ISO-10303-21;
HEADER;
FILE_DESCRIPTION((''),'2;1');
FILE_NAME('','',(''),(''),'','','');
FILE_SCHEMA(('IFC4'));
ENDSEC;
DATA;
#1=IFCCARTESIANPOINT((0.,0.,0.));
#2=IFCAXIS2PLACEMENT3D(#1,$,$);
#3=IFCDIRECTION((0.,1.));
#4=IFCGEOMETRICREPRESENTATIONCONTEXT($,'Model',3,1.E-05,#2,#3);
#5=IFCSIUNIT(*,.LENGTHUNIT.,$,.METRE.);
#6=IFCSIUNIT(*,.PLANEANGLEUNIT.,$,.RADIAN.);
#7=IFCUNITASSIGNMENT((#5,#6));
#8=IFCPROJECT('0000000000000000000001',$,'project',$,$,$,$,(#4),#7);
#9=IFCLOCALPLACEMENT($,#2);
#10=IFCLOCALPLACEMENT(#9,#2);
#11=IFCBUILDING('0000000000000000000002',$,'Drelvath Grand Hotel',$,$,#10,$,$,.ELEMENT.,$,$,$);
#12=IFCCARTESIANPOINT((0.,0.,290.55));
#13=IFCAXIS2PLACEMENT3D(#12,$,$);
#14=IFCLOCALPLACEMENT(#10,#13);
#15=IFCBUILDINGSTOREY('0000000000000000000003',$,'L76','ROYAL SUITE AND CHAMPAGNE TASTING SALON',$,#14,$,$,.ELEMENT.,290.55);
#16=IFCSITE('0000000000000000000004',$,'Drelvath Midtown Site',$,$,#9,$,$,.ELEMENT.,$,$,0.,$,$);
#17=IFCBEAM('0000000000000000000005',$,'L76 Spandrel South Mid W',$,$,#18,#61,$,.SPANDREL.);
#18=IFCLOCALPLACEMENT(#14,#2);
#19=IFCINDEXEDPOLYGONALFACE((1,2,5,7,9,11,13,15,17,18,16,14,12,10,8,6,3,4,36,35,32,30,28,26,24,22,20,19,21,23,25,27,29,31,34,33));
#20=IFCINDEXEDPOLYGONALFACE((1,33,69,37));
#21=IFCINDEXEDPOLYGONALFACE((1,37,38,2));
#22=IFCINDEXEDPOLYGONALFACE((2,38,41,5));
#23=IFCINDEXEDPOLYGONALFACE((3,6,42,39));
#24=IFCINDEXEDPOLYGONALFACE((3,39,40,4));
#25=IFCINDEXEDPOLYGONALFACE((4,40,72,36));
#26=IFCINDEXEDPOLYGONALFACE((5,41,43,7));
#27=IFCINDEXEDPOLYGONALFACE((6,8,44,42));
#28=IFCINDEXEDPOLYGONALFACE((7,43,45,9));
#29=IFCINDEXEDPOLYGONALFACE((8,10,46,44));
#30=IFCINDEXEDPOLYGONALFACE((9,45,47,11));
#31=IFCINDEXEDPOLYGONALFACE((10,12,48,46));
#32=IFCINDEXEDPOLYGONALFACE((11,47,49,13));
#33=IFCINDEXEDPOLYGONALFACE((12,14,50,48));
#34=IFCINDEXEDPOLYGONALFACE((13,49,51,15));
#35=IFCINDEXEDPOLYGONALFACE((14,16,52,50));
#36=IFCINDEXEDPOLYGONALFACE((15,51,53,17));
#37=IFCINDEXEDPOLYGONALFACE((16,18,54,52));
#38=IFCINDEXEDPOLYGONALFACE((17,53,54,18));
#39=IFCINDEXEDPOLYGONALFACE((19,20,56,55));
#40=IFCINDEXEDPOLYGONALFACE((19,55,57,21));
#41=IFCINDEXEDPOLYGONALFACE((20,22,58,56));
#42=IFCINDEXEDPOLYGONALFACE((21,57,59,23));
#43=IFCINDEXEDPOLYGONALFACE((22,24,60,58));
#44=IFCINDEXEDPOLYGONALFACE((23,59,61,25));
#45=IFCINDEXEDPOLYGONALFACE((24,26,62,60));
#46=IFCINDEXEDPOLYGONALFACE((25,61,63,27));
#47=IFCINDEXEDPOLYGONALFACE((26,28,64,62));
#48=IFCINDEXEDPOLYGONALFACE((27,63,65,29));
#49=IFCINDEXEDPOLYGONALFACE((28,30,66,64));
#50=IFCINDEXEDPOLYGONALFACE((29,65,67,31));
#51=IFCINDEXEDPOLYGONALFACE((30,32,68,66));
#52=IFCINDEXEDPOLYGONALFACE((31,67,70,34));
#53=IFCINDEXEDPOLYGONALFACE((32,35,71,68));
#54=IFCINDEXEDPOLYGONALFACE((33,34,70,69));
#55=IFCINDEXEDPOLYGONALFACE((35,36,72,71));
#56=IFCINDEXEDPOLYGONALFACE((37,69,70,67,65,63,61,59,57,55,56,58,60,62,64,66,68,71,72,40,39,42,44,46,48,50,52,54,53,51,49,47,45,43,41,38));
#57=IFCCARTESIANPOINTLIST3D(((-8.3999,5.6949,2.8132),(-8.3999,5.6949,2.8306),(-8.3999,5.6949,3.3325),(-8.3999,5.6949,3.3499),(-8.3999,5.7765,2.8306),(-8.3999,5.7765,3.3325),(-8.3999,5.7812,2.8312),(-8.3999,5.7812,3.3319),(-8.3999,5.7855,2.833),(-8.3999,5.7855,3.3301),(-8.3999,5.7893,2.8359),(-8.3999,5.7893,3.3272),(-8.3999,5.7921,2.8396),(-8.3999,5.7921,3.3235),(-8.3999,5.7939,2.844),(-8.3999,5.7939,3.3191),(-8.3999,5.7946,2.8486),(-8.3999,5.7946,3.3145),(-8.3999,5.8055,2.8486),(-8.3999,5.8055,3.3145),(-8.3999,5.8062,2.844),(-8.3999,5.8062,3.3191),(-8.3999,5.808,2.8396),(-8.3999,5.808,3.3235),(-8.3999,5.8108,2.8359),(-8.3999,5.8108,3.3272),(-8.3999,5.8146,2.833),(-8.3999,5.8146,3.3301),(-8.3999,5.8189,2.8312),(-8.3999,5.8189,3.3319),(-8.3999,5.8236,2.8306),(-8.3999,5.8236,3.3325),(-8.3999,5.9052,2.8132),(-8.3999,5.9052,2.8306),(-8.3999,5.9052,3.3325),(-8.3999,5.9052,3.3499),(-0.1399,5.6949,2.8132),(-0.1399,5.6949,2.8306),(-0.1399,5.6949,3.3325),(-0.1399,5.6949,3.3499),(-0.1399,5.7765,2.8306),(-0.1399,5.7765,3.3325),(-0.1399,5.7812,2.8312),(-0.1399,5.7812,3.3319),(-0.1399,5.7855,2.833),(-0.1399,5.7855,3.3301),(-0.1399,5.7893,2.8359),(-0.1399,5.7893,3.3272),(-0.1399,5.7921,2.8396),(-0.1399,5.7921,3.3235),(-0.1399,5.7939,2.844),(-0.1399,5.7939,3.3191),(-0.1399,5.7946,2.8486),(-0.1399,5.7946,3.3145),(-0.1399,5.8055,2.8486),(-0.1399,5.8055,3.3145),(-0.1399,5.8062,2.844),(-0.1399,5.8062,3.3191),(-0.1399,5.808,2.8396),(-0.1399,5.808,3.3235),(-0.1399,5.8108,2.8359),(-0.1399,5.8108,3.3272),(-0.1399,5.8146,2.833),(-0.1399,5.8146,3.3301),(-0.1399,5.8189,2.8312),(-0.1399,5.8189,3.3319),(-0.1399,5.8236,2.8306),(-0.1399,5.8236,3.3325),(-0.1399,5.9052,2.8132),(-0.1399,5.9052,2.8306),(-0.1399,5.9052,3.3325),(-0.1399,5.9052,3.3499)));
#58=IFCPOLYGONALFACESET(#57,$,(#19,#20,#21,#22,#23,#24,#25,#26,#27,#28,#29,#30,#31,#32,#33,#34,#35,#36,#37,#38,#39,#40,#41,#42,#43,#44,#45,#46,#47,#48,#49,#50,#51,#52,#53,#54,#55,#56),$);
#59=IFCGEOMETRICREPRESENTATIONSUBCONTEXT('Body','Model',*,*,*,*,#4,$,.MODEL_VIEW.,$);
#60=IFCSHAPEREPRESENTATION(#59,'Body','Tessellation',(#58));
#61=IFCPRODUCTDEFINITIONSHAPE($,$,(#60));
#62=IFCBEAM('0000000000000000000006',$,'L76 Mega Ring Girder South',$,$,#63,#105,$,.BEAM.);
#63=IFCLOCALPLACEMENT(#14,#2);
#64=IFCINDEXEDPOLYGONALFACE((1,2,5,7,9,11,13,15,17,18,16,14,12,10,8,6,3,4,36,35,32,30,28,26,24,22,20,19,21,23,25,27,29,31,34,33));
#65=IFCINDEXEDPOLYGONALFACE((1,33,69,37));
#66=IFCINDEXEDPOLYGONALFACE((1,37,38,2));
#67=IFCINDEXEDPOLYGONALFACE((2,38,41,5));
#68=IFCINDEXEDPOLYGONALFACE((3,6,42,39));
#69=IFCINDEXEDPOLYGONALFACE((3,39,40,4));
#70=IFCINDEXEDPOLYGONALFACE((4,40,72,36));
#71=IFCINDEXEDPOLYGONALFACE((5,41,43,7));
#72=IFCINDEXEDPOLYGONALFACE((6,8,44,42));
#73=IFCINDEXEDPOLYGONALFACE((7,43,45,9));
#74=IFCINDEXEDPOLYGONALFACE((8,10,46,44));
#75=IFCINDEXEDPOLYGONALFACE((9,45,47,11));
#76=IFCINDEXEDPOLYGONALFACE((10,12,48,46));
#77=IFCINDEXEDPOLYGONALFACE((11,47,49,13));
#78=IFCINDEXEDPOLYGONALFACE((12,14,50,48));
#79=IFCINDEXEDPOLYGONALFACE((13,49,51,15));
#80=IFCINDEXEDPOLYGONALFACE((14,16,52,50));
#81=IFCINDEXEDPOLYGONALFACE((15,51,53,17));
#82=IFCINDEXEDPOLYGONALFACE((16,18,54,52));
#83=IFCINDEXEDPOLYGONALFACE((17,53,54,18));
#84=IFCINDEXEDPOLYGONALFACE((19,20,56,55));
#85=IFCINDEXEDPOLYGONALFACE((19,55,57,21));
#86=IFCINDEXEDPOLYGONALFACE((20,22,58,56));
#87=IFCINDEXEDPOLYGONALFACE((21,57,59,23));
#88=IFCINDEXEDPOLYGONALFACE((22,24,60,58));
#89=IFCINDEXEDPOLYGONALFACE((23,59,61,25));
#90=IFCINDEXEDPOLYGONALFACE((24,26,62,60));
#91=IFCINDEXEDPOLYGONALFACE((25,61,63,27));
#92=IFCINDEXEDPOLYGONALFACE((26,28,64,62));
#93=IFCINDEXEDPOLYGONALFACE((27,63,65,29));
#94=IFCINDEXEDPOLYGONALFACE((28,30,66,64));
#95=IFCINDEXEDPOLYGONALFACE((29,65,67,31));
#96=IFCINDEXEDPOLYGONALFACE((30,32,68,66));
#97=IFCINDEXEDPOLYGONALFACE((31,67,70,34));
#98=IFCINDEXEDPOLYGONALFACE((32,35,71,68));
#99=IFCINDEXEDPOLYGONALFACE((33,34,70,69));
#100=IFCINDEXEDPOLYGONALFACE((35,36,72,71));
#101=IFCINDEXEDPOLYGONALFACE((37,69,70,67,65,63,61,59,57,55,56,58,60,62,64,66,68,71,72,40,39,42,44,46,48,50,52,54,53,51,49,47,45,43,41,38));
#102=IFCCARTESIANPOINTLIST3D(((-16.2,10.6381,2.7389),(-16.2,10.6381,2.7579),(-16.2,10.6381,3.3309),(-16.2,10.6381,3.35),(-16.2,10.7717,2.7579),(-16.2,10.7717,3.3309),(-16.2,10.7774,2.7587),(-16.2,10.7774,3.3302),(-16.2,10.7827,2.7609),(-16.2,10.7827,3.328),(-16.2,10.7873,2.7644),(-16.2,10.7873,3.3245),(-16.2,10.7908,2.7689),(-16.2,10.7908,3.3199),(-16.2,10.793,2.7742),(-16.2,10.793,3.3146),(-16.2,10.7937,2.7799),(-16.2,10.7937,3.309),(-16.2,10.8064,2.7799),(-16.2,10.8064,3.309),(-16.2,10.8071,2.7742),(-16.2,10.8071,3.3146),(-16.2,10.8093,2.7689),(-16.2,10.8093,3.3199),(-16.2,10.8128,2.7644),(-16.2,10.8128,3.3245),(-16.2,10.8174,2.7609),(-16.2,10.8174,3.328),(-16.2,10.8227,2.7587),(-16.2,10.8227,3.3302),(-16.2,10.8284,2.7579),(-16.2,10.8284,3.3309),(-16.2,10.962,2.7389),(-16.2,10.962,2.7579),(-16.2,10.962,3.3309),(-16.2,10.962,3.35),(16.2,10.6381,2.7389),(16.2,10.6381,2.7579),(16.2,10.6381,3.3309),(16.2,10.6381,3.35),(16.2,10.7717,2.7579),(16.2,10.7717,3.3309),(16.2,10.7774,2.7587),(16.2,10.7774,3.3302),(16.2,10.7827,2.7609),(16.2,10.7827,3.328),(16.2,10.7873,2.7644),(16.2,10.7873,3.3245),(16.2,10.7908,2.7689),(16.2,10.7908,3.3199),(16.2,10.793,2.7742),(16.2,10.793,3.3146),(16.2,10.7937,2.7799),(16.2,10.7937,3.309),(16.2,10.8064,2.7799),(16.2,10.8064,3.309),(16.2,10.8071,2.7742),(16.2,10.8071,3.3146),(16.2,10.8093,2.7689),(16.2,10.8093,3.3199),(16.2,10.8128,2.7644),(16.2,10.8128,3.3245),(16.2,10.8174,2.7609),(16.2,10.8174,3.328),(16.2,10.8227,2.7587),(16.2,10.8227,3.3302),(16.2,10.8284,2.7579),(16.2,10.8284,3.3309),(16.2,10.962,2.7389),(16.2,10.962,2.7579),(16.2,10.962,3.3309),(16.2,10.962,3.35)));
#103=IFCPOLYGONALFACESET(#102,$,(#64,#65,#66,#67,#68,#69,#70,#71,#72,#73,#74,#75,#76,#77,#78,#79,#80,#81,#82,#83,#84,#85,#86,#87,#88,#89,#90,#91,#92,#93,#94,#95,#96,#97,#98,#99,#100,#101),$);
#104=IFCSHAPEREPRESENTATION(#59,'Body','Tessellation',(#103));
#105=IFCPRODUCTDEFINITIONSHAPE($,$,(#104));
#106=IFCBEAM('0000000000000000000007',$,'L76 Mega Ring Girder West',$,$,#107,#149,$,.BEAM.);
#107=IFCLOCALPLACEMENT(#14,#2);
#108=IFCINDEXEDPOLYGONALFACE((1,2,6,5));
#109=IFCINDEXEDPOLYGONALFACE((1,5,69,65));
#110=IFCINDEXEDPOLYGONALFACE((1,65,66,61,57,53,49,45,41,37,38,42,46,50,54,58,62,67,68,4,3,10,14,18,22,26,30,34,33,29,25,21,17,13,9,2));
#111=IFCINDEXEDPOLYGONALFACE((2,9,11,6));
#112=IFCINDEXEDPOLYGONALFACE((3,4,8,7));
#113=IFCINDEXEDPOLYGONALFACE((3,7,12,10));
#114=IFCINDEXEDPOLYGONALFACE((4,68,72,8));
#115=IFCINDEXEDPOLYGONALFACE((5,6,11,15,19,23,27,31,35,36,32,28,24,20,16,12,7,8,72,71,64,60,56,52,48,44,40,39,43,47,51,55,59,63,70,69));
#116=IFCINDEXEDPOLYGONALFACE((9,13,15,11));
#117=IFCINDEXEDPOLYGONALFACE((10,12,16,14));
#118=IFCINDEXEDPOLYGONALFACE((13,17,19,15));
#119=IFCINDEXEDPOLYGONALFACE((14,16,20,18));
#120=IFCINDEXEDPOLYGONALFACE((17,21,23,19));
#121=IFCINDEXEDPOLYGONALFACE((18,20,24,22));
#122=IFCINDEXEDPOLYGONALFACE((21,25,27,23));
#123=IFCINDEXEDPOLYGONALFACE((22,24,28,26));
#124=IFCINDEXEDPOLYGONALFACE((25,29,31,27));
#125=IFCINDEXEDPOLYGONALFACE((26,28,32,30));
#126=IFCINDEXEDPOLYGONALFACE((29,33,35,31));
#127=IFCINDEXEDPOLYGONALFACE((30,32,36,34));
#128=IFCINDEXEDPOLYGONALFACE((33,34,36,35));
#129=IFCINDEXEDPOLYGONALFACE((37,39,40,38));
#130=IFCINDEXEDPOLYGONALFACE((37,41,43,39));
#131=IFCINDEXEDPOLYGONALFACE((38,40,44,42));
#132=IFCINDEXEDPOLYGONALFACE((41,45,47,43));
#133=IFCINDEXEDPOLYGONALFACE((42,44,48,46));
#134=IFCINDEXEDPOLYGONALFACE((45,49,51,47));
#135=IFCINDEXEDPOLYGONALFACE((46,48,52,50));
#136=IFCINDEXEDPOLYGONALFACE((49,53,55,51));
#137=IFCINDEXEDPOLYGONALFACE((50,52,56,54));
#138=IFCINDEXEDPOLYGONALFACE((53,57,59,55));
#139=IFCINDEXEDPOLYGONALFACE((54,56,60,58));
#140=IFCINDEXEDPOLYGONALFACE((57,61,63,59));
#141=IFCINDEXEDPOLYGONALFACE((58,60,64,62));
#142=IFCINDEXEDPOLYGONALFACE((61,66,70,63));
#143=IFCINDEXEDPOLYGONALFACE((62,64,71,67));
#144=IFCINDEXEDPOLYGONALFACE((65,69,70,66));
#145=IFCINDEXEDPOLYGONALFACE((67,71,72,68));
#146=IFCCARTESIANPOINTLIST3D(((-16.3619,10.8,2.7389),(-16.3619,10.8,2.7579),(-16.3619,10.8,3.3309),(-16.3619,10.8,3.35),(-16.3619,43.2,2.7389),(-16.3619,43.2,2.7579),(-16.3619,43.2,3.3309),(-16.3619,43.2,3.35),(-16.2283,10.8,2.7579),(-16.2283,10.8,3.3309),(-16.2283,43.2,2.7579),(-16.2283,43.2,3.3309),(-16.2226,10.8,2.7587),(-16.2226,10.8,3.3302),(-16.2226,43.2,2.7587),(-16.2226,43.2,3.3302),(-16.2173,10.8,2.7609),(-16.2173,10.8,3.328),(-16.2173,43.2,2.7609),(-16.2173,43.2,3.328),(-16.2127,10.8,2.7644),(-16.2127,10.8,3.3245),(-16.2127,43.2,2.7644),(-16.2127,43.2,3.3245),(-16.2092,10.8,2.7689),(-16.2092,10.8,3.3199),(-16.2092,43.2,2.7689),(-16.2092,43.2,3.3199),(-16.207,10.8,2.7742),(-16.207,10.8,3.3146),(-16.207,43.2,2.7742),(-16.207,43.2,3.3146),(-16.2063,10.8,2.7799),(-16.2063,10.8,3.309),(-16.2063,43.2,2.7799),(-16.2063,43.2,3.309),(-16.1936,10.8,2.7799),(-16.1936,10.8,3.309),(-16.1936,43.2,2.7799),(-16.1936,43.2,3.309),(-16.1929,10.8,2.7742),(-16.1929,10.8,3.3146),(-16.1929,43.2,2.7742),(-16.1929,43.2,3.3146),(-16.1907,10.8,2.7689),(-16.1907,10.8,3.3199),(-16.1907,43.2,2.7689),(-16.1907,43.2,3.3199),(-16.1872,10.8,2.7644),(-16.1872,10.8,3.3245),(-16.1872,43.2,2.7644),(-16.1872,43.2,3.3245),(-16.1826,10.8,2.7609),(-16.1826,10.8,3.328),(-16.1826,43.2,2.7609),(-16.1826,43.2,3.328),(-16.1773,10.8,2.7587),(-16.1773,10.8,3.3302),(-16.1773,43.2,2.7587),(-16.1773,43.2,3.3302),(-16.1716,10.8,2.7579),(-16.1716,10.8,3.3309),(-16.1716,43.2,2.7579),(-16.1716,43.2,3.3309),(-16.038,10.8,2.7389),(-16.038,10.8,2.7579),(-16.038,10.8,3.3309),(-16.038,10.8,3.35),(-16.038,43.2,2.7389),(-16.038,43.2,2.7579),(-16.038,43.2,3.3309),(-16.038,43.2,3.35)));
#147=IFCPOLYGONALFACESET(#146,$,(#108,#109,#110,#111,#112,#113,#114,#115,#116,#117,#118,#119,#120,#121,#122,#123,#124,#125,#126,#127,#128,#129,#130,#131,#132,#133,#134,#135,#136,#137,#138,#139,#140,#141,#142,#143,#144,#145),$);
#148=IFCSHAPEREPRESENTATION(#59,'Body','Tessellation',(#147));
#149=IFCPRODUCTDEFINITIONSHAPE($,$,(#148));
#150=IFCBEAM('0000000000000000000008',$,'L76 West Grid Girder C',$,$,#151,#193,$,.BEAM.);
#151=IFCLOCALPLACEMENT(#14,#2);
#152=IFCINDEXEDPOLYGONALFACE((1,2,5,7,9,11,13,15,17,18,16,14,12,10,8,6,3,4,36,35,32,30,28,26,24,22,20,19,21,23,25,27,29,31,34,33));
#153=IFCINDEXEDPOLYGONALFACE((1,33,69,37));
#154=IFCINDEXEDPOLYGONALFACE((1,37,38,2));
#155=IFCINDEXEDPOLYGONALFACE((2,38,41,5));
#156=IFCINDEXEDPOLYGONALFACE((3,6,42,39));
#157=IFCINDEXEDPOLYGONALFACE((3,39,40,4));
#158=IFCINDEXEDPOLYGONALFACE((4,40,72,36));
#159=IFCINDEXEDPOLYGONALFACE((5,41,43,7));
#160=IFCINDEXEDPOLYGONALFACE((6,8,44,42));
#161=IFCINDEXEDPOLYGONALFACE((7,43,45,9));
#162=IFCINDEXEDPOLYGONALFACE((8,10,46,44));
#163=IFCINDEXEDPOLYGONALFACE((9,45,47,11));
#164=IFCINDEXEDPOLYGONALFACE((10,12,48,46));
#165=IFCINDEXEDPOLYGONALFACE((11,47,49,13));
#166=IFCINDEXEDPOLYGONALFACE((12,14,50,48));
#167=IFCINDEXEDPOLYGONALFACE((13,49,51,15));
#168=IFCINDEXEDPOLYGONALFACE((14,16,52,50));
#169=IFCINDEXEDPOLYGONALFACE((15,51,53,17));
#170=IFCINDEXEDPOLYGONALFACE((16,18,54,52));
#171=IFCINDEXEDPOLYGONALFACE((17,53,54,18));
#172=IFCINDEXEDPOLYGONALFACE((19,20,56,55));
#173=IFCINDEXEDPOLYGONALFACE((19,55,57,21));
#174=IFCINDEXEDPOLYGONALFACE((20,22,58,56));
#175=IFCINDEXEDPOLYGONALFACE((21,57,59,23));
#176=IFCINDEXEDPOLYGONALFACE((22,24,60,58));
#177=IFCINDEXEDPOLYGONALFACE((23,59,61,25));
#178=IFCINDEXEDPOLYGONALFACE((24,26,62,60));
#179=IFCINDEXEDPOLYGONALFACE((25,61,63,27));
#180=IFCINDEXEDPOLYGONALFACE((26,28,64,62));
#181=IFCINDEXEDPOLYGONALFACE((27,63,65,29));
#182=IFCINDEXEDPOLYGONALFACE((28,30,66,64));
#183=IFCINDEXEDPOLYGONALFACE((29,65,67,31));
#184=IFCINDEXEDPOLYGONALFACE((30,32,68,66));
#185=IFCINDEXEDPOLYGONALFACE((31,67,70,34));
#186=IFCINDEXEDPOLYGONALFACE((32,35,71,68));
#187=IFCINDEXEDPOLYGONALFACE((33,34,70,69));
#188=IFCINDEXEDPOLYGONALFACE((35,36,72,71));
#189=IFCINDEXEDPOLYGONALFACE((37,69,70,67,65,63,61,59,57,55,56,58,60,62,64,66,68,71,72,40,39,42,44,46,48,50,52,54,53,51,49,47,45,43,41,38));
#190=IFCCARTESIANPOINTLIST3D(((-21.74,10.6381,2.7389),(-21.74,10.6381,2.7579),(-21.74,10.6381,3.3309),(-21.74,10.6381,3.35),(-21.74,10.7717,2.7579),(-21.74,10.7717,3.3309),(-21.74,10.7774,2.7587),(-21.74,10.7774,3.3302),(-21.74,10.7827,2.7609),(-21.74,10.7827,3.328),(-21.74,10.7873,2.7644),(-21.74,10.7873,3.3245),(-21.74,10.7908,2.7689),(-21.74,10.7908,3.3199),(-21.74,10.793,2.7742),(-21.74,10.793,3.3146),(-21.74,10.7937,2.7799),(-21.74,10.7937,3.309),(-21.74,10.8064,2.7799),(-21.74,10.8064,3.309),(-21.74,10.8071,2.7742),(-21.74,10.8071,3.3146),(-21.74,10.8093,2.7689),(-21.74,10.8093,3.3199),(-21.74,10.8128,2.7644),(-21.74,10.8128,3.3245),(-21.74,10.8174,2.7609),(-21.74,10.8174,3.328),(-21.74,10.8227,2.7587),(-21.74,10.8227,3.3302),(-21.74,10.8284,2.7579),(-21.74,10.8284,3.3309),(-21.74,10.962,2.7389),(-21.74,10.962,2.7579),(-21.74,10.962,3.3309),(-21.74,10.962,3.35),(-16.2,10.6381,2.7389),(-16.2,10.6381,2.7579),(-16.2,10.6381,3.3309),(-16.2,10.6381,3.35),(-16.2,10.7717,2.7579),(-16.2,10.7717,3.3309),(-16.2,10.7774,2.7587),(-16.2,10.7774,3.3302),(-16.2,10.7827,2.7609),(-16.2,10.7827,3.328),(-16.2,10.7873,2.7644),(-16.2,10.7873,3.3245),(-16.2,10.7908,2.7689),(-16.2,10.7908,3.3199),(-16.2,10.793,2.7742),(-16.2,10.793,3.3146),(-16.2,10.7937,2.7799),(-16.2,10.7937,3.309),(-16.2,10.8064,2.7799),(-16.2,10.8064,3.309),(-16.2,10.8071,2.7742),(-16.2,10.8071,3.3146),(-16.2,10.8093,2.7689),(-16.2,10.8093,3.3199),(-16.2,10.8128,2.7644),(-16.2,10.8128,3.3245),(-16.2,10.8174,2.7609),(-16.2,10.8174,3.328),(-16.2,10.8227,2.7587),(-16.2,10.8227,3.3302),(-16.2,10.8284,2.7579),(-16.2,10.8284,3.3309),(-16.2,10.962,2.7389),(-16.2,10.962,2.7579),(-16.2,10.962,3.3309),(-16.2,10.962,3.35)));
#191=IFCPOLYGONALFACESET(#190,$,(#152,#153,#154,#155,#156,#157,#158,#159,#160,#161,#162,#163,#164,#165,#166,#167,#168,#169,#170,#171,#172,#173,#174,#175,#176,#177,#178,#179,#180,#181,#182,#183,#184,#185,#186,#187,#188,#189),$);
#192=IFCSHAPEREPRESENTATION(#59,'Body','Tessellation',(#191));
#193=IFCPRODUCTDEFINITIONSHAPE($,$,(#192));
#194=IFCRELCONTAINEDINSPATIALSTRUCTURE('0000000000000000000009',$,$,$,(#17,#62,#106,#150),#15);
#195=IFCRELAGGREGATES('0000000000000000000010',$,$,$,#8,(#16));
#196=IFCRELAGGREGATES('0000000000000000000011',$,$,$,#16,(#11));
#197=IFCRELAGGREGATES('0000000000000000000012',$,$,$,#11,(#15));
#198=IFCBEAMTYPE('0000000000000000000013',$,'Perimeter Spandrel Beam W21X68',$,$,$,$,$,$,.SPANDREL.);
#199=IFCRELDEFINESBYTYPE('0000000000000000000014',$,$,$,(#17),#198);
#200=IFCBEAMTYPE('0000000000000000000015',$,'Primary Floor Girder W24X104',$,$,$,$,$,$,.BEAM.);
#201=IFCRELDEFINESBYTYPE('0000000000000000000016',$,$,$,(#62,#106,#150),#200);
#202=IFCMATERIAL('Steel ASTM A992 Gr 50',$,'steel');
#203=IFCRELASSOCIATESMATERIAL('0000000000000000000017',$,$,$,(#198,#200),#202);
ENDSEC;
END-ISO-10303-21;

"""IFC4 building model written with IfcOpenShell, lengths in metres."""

from ifc_helpers import new_model, si_unit, direction, frame, origin, origin_2d, place, context, subcontext, project, spatial, i_section, extrude, material, material_profile, profile_set, type_object, element, save


model = new_model("IFC4")

# Units and contexts
model_context = context("Model", 3, precision=1e-05, world=origin(), true_north=direction((0.0, 1.0)))
body_context = subcontext(model_context, "Body", "Model", "MODEL_VIEW")
ifc_project = project(units=[si_unit("LENGTHUNIT", "METRE"), si_unit("PLANEANGLEUNIT", "RADIAN")], contexts=[model_context])

# Site, building, storey
site_placement = place(None, origin())
site = spatial("IfcSite", under=ifc_project, at=site_placement, Name="Drelvath Midtown Site", CompositionType="ELEMENT", RefElevation=0.0)
building_placement = place(site_placement, origin())
building = spatial("IfcBuilding", under=site, at=building_placement, Name="Drelvath Grand Hotel", CompositionType="ELEMENT")
storey_placement = place(building_placement, frame((0.0, 0.0, 290.55)))
storey = spatial("IfcBuildingStorey", under=building, at=storey_placement, Name="L76", Description="ROYAL SUITE AND CHAMPAGNE TASTING SALON", CompositionType="ELEMENT", Elevation=290.55)

# Shared definitions
ifc_material_1 = material(Name="Steel ASTM A992 Gr 50", Category="steel")

# Beams
ifc_material_profile_1 = material_profile(ifc_material_1, i_section(OverallWidth=0.2102, OverallDepth=0.5366, WebThickness=0.011, FlangeThickness=0.0173, FilletRadius=0.0181, at=origin_2d()), Name="W21X68")
ifc_profile_set_1 = profile_set([ifc_material_profile_1], Name="Steel ASTM A992 Gr 50")
beam_type_1 = type_object("IfcBeamType", Name="Perimeter Spandrel Beam W21X68", PredefinedType="SPANDREL", material=ifc_profile_set_1)
beam_1_placement = place(storey_placement, frame((-8.3999, 5.8, 3.0815), z_axis=(1.0, 0.0, 0.0), x_axis=(0.0, 1.0, 0.0)))
element("IfcBeam", 1, at=beam_1_placement, inside=storey, type_object=beam_type_1, Name="L76 Spandrel South Mid W", PredefinedType="SPANDREL", context=body_context, shape_type="SweptSolid", body=[
    extrude(i_section(OverallWidth=0.2102, OverallDepth=0.5366, WebThickness=0.011, FlangeThickness=0.0173, FilletRadius=0.0181, at=origin_2d()), origin(), (0.0, 0.0, 1.0), 8.26),
])
ifc_material_profile_2 = material_profile(ifc_material_1, i_section(OverallWidth=0.324, OverallDepth=0.6111, WebThickness=0.0127, FlangeThickness=0.019, FilletRadius=0.022, at=origin_2d()), Name="W24X104")
ifc_profile_set_2 = profile_set([ifc_material_profile_2], Name="Steel ASTM A992 Gr 50")
beam_type_2 = type_object("IfcBeamType", Name="Primary Floor Girder W24X104", PredefinedType="BEAM", material=ifc_profile_set_2)
for number, where, z_axis, x_axis, name in (
    (2, (-16.2, 10.8, 3.0444), (1.0, 0.0, 0.0), (0.0, 1.0, 0.0), "L76 Mega Ring Girder South"),
    (3, (-16.2, 10.8, 3.0444), (0.0, 1.0, 0.0), (-1.0, 0.0, 0.0), "L76 Mega Ring Girder West"),
):
    element("IfcBeam", number, at=place(storey_placement, frame(where, z_axis=z_axis, x_axis=x_axis)), inside=storey, type_object=beam_type_2, Name=name, PredefinedType="BEAM", context=body_context, shape_type="SweptSolid", body=[
        extrude(i_section(OverallWidth=0.324, OverallDepth=0.6111, WebThickness=0.0127, FlangeThickness=0.019, FilletRadius=0.022, at=origin_2d()), origin(), (0.0, 0.0, 1.0), 32.3999),
    ])
for number, where, z_axis, x_axis, name in (
    (4, (-21.74, 10.8, 3.0444), (1.0, 0.0, 0.0), (0.0, 1.0, 0.0), "L76 West Grid Girder C"),
):
    element("IfcBeam", number, at=place(storey_placement, frame(where, z_axis=z_axis, x_axis=x_axis)), inside=storey, type_object=beam_type_2, Name=name, PredefinedType="BEAM", context=body_context, shape_type="SweptSolid", body=[
        extrude(i_section(OverallWidth=0.324, OverallDepth=0.6111, WebThickness=0.0127, FlangeThickness=0.019, FilletRadius=0.022, at=origin_2d()), origin(), (0.0, 0.0, 1.0), 5.54),
    ])

save(model, "model.ifc")
